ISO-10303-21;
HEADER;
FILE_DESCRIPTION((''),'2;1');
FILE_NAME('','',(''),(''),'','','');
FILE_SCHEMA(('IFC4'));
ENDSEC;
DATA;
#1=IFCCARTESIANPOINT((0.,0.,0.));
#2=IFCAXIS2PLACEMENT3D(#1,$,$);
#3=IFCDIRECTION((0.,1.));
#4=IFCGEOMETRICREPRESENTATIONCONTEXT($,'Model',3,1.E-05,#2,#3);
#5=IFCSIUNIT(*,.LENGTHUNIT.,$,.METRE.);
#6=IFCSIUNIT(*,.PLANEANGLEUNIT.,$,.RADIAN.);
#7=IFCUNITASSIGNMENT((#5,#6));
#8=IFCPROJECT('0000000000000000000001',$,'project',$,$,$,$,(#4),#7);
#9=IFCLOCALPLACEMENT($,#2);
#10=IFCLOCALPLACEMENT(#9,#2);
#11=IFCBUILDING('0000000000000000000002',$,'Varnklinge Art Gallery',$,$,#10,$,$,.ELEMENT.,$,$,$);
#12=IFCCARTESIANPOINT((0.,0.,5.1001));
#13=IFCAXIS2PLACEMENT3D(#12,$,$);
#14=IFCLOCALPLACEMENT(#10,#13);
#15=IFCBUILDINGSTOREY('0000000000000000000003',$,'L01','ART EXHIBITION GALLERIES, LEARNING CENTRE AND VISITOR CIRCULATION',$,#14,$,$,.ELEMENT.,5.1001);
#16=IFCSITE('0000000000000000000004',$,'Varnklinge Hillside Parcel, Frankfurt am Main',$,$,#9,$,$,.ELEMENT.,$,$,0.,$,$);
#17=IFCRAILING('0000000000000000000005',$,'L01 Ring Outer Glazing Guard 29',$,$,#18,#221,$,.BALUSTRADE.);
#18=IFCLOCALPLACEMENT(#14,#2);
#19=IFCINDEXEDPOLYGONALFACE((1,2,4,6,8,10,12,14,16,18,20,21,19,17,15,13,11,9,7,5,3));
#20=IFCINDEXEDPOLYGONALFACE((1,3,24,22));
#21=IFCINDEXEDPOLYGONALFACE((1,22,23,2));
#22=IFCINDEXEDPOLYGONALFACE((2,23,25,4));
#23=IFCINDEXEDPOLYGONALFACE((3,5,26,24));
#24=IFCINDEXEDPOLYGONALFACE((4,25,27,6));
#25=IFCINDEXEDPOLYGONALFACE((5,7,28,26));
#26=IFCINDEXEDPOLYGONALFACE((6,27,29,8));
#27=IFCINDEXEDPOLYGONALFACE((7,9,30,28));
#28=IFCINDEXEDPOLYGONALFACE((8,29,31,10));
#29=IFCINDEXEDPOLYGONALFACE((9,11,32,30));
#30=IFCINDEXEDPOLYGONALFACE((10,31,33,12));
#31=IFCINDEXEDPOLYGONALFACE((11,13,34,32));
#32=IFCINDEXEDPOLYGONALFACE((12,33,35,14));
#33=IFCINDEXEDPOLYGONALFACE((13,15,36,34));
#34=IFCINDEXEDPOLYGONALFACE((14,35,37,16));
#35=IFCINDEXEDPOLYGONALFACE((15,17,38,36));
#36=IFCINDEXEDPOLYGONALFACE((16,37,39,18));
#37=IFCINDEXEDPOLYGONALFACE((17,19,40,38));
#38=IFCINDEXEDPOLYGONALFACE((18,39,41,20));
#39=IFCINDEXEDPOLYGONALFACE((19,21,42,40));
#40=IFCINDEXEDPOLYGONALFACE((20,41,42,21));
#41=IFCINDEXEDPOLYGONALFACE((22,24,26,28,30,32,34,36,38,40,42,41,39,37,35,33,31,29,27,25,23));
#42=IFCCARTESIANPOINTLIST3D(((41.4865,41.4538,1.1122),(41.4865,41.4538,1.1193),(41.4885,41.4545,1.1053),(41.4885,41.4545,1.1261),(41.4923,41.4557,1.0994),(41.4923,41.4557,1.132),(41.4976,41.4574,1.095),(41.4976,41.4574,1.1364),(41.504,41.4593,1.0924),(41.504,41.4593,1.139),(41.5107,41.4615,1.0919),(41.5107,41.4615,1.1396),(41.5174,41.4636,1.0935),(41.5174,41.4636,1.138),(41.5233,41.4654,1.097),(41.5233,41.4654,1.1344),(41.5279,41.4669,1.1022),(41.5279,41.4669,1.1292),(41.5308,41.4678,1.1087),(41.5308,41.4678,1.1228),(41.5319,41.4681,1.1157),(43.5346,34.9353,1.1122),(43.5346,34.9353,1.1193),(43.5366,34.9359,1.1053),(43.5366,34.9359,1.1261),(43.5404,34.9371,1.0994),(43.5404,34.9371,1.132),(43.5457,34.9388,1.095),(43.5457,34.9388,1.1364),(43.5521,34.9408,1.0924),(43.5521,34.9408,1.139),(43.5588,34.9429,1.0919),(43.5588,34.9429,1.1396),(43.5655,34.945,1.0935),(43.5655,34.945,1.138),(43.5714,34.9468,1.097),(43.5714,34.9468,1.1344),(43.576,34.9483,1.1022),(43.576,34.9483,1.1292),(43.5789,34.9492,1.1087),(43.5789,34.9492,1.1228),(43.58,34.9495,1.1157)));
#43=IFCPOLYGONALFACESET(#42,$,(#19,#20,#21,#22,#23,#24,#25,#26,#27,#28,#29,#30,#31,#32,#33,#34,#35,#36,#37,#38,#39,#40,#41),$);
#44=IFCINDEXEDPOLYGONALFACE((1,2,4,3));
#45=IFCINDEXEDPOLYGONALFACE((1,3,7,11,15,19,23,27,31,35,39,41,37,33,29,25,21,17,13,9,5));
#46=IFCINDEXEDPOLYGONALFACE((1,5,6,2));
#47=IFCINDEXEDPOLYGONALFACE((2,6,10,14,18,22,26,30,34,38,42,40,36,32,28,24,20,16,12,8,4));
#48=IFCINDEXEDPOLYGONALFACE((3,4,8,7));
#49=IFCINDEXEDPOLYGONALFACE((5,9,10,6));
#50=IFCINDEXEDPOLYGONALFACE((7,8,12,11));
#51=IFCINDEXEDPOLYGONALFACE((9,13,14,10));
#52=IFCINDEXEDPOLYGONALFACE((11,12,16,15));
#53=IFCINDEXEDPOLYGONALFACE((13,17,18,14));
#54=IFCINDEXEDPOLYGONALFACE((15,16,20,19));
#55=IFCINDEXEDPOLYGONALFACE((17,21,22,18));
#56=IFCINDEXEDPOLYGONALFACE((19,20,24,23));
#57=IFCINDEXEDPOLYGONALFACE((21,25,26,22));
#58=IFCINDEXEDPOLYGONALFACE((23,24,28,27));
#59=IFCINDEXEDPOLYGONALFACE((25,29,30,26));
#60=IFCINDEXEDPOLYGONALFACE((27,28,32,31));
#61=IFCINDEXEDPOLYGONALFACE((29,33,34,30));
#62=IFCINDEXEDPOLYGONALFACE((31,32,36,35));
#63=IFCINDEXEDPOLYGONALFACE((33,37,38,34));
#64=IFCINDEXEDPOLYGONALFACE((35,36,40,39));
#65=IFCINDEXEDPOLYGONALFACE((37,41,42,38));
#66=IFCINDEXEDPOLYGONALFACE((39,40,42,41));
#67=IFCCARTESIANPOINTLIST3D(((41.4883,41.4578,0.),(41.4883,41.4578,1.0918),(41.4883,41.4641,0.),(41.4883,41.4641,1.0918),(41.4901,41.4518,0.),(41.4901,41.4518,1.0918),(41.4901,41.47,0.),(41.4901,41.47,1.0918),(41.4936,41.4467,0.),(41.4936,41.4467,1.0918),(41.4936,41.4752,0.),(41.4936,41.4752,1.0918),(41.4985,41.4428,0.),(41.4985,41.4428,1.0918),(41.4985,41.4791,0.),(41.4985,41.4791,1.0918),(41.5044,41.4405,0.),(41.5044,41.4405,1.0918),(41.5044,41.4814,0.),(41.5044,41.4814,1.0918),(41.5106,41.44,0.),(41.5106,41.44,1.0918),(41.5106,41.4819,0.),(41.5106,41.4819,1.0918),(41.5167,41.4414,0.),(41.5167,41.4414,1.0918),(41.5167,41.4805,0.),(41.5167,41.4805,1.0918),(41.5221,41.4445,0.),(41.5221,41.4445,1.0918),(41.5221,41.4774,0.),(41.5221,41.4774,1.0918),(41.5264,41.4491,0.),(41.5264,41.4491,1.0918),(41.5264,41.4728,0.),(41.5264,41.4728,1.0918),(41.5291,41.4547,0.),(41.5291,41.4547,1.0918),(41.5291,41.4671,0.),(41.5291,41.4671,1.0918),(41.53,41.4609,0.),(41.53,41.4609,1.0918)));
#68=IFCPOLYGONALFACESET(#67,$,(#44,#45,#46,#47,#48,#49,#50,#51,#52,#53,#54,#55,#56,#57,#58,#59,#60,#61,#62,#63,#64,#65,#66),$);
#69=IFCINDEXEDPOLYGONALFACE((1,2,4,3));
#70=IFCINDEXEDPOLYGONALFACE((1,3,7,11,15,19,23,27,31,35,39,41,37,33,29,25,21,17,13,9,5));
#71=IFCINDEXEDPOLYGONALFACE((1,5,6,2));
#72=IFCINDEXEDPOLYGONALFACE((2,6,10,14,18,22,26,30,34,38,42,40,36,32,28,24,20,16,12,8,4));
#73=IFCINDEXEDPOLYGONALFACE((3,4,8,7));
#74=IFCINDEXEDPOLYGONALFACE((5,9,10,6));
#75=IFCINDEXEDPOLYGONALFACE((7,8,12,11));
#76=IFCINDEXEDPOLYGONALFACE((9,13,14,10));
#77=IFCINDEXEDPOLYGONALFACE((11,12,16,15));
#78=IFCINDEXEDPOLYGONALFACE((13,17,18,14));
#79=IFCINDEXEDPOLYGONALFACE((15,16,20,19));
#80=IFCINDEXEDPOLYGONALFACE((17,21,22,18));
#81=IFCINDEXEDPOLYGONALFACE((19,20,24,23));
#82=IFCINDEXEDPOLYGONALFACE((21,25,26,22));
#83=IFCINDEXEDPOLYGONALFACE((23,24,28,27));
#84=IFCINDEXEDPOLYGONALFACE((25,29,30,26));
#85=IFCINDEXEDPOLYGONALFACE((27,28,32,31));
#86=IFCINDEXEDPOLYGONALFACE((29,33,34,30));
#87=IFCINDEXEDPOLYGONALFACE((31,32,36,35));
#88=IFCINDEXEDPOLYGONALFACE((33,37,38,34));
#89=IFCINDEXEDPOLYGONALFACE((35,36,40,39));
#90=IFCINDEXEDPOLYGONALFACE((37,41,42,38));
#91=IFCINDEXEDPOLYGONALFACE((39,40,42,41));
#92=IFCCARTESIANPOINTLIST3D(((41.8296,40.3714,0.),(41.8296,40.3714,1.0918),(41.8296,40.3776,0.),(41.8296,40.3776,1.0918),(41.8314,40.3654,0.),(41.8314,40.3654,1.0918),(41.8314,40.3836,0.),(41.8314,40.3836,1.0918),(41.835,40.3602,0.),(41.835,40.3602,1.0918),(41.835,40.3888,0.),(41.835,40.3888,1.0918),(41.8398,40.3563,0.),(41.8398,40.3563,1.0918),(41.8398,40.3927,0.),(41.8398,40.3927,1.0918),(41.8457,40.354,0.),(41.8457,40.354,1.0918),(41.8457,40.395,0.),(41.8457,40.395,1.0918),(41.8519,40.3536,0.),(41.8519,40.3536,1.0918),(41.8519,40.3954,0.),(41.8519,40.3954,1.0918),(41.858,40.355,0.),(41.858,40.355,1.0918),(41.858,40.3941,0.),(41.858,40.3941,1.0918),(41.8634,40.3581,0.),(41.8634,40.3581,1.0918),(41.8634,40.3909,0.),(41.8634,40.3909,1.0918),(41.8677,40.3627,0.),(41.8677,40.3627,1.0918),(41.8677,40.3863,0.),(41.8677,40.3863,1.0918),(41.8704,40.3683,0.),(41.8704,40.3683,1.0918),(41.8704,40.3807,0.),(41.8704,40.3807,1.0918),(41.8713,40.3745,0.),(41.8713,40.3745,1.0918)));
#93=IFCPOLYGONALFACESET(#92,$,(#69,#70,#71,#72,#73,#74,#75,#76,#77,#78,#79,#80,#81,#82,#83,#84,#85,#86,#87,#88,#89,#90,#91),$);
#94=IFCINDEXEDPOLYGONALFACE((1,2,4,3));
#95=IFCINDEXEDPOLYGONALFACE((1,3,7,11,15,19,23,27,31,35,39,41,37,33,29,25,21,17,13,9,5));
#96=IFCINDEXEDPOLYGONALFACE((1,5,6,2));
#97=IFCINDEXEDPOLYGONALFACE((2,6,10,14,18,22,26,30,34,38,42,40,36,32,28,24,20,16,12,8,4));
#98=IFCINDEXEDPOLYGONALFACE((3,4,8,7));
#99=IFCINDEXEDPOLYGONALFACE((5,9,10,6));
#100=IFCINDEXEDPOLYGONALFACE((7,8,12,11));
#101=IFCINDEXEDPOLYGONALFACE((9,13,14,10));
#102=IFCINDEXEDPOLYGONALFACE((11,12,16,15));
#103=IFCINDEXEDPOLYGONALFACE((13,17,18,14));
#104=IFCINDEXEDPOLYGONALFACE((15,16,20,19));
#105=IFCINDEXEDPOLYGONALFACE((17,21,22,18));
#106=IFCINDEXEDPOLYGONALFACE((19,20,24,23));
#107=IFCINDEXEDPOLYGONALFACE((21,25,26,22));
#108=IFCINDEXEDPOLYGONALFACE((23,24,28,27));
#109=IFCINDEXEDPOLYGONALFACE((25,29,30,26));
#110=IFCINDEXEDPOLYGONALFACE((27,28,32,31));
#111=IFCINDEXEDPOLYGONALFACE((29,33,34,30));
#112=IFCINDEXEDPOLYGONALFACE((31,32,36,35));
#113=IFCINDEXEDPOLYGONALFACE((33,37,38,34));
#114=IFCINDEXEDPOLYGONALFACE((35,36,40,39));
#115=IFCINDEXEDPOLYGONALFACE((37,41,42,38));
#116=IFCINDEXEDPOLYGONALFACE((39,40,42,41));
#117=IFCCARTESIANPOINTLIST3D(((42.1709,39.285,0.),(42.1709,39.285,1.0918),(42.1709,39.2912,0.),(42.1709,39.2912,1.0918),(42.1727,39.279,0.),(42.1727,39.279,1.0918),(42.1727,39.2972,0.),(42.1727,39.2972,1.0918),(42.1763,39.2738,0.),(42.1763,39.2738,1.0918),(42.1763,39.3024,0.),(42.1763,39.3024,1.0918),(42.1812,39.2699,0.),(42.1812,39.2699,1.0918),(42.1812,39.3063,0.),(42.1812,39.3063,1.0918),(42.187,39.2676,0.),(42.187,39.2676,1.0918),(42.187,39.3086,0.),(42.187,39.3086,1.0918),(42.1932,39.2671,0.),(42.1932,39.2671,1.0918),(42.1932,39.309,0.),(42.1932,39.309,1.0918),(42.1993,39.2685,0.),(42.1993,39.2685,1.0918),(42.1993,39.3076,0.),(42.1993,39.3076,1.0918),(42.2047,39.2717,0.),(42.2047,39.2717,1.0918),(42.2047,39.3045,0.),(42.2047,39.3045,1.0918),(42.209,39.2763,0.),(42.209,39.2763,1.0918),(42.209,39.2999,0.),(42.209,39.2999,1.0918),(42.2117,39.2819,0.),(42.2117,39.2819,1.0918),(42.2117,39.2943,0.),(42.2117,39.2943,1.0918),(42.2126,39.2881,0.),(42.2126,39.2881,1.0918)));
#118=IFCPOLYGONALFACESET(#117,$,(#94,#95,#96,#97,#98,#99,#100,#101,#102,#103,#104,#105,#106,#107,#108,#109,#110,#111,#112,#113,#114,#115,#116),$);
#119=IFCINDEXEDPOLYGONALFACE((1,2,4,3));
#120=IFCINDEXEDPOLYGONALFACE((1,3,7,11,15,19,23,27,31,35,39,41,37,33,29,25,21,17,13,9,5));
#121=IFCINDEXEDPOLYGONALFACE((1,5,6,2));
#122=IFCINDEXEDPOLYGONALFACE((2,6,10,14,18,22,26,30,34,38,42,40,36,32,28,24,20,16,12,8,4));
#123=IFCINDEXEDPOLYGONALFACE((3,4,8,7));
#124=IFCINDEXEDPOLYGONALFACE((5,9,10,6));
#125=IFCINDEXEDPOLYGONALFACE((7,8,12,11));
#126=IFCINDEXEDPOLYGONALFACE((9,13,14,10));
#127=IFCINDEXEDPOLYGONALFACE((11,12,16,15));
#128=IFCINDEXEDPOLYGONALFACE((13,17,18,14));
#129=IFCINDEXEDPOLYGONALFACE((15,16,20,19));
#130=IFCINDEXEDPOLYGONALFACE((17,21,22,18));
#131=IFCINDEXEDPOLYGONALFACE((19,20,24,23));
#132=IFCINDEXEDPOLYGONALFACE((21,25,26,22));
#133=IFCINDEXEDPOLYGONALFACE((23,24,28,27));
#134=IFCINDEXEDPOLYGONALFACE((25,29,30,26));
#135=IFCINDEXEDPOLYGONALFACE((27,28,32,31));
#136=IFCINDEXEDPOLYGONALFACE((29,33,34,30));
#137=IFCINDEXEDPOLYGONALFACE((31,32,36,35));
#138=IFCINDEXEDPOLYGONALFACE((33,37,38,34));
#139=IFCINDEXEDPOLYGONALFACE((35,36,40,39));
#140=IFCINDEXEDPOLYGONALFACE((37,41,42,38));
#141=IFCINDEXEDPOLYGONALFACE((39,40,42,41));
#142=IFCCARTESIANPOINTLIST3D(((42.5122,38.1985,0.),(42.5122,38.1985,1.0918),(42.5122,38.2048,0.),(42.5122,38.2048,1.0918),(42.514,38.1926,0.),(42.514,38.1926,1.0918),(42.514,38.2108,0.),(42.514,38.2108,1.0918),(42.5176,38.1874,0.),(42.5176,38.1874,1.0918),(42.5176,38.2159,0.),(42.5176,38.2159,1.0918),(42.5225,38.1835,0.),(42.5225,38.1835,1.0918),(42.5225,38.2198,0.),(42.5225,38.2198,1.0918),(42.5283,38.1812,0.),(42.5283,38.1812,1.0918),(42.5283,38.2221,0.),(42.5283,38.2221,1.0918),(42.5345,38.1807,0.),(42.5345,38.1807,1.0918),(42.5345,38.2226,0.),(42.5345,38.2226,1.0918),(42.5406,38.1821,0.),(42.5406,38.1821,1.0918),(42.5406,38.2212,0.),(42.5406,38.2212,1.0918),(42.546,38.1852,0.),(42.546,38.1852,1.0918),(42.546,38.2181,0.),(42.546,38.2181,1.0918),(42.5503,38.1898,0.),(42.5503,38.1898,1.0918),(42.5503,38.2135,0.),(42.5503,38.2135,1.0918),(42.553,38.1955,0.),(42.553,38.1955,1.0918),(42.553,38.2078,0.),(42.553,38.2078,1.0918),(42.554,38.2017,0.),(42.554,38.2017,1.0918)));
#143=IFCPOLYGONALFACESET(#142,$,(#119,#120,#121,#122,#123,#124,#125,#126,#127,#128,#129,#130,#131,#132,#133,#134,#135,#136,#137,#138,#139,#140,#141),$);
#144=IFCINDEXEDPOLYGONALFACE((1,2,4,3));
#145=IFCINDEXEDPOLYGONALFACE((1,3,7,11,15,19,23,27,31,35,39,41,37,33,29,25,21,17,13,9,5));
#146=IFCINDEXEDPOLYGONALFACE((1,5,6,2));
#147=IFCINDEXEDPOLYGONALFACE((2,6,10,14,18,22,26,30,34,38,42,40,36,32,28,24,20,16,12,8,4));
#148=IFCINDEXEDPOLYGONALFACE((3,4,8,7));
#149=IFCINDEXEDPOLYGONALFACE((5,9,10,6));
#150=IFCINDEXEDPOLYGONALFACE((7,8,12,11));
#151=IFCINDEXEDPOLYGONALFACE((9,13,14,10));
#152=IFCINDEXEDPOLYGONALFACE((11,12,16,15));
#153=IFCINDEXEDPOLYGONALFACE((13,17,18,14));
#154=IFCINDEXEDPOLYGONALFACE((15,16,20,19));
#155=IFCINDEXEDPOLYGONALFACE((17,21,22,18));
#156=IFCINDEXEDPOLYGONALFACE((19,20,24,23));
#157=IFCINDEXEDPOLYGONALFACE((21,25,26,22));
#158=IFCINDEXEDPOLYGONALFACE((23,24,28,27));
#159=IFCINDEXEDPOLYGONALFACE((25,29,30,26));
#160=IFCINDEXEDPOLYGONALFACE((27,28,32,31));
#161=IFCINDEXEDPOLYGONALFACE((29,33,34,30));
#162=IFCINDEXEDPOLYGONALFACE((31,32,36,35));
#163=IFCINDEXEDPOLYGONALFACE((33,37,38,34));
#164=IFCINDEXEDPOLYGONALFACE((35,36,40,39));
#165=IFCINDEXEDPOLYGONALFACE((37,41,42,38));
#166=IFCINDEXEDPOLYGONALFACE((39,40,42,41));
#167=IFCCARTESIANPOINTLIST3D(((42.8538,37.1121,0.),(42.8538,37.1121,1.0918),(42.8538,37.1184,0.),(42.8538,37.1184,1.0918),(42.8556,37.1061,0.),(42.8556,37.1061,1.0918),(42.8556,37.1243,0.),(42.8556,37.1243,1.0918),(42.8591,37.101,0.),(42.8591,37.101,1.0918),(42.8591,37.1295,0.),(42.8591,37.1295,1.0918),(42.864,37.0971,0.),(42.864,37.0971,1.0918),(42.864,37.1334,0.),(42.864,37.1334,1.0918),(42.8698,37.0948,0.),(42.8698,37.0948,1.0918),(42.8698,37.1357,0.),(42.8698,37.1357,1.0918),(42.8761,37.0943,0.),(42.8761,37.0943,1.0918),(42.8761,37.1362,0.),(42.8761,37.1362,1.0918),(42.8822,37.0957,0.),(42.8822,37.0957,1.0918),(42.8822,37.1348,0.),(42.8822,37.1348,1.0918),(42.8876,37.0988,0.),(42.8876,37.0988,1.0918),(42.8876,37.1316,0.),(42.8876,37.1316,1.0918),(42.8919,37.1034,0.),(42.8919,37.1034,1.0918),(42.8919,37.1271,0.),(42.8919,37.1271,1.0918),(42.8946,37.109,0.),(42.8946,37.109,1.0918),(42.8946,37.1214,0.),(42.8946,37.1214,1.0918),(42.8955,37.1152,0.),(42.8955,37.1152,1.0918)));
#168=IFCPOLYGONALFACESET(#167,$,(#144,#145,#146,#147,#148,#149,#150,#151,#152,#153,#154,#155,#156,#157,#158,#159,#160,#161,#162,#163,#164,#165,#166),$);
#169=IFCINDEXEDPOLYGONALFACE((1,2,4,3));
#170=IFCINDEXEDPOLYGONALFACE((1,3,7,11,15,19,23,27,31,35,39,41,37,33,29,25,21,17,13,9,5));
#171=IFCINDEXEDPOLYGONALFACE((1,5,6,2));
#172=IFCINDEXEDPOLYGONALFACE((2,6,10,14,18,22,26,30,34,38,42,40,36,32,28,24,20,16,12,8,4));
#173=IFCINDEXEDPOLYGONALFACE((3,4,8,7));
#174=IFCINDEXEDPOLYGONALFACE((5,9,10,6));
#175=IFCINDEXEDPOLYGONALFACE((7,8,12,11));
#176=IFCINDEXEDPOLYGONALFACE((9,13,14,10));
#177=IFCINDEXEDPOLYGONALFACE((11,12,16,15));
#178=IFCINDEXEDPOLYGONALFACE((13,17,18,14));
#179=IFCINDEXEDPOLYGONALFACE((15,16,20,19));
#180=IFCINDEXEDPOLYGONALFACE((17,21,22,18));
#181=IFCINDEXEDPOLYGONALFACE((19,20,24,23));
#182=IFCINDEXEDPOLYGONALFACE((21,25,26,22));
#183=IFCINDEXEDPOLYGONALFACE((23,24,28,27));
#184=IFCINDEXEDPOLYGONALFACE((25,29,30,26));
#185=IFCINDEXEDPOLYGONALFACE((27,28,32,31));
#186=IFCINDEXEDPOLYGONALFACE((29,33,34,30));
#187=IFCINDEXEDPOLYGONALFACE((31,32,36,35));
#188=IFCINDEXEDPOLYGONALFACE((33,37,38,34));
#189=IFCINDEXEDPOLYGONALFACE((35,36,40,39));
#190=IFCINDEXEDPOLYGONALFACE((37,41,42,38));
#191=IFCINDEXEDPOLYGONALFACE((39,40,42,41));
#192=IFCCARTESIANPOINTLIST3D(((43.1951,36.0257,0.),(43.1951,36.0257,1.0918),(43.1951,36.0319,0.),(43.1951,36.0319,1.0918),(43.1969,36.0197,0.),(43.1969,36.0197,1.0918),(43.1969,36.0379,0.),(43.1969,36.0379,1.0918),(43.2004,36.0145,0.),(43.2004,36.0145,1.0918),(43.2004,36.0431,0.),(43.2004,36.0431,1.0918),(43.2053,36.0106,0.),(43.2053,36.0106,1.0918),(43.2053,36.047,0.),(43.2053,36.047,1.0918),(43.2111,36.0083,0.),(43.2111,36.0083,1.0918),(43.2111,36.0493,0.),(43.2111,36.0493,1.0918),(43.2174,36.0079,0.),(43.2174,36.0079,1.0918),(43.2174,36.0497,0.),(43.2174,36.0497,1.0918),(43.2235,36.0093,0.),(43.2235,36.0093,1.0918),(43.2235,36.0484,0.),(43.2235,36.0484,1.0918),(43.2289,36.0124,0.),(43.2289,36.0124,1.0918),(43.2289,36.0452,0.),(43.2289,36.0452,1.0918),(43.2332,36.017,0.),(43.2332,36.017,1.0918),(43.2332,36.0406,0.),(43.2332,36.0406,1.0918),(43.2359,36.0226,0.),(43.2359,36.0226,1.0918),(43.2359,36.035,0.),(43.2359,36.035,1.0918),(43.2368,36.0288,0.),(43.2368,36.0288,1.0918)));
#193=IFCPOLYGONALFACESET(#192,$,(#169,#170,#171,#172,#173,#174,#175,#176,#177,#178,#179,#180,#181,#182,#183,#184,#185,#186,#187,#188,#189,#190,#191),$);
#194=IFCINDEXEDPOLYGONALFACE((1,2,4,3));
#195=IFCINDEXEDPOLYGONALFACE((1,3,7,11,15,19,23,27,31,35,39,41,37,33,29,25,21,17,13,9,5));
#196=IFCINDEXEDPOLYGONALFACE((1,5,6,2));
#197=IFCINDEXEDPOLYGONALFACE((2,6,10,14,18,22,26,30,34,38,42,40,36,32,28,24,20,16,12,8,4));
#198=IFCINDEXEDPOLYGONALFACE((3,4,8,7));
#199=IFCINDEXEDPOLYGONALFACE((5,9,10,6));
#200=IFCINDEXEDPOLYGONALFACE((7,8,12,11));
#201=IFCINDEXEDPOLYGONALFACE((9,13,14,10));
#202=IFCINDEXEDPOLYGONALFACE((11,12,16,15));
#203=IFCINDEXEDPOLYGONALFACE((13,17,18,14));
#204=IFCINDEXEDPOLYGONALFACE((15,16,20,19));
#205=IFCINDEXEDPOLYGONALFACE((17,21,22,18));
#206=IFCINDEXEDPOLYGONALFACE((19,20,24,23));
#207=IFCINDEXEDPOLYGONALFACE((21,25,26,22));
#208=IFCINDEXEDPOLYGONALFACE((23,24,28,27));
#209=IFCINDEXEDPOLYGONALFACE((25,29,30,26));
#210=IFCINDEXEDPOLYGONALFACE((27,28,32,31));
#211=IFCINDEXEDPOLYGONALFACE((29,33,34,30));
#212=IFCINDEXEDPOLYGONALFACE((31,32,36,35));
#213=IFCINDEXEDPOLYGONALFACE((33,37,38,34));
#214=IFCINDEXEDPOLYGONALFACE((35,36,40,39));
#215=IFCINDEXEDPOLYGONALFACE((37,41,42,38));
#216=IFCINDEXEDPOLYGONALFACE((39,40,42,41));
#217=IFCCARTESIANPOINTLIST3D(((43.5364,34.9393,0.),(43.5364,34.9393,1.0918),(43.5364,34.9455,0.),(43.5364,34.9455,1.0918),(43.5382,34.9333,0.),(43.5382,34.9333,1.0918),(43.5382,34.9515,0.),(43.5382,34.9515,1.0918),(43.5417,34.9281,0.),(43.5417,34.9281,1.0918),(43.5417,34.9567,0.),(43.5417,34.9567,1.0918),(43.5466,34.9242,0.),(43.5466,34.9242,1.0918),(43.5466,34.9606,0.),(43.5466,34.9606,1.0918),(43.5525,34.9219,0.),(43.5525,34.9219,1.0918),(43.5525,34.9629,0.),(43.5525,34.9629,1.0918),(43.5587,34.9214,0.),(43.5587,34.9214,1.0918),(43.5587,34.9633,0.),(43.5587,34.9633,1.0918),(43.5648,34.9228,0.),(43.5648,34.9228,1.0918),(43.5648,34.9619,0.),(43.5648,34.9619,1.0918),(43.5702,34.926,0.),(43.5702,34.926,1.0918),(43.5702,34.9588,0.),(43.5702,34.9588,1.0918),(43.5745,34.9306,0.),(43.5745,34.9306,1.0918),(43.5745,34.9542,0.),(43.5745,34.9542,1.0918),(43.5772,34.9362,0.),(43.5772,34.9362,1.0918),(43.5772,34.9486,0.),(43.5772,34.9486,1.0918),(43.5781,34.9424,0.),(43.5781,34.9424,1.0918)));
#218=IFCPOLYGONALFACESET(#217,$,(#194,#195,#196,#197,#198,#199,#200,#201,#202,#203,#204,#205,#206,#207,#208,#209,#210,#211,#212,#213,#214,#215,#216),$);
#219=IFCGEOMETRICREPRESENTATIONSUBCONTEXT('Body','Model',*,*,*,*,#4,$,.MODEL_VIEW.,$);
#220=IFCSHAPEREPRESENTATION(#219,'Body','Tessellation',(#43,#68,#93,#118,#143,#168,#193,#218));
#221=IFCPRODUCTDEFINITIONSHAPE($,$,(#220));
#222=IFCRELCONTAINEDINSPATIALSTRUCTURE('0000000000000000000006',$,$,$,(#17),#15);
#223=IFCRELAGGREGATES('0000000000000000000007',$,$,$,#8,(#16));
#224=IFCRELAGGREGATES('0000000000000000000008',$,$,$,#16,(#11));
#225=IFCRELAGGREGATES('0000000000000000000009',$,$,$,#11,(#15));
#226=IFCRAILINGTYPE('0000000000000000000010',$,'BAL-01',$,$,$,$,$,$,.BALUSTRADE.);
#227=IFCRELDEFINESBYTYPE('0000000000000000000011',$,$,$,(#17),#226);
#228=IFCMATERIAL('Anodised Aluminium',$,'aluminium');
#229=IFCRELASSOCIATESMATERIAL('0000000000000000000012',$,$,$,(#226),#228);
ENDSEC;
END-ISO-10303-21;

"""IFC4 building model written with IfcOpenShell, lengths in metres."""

from ifc_helpers import new_model, si_unit, direction, frame, origin, origin_2d, place, context, subcontext, project, spatial, circle, extrude, material, type_object, element, save


model = new_model("IFC4")

# Units and contexts
model_context = context("Model", 3, precision=1e-05, world=origin(), true_north=direction((0.0, 1.0)))
body_context = subcontext(model_context, "Body", "Model", "MODEL_VIEW")
ifc_project = project(units=[si_unit("LENGTHUNIT", "METRE"), si_unit("PLANEANGLEUNIT", "RADIAN")], contexts=[model_context])

# Site, building, storey
site_placement = place(None, origin())
site = spatial("IfcSite", under=ifc_project, at=site_placement, Name="Varnklinge Hillside Parcel, Frankfurt am Main", CompositionType="ELEMENT", RefElevation=0.0)
building_placement = place(site_placement, origin())
building = spatial("IfcBuilding", under=site, at=building_placement, Name="Varnklinge Art Gallery", CompositionType="ELEMENT")
storey_placement = place(building_placement, frame((0.0, 0.0, 5.1001)))
storey = spatial("IfcBuildingStorey", under=building, at=storey_placement, Name="L01", Description="ART EXHIBITION GALLERIES, LEARNING CENTRE AND VISITOR CIRCULATION", CompositionType="ELEMENT", Elevation=5.1001)

# Railing
ifc_material_1 = material(Name="Anodised Aluminium", Category="aluminium")
railing_type = type_object("IfcRailingType", Name="BAL-01", PredefinedType="BALUSTRADE", material=ifc_material_1)
railing_1_placement = place(storey_placement, frame((41.509, 41.4609, 0.0)))
element("IfcRailing", 1, at=railing_1_placement, inside=storey, type_object=railing_type, Name="L01 Ring Outer Glazing Guard 29", PredefinedType="BALUSTRADE", context=body_context, shape_type="SweptSolid", body=[
    extrude(circle(Radius=0.0239, at=origin_2d()), frame((0.0, 0.0, 1.1157), z_axis=(0.299748, -0.954019, 0.0), x_axis=(0.954019, 0.299748, 0.0)), (0.0, 0.0, 1.0), 6.8328),
    extrude(circle(Radius=0.021, at=origin_2d()), origin(), (0.0, 0.0, 1.0), 1.0918),
    extrude(circle(Radius=0.021, at=origin_2d()), frame((0.3413, -1.0864, 0.0)), (0.0, 0.0, 1.0), 1.0918),
    extrude(circle(Radius=0.021, at=origin_2d()), frame((0.6826, -2.1729, 0.0)), (0.0, 0.0, 1.0), 1.0918),
    extrude(circle(Radius=0.021, at=origin_2d()), frame((1.0239, -3.2593, 0.0)), (0.0, 0.0, 1.0), 1.0918),
    extrude(circle(Radius=0.021, at=origin_2d()), frame((1.3655, -4.3457, 0.0)), (0.0, 0.0, 1.0), 1.0918),
    extrude(circle(Radius=0.021, at=origin_2d()), frame((1.7068, -5.4321, 0.0)), (0.0, 0.0, 1.0), 1.0918),
    extrude(circle(Radius=0.021, at=origin_2d()), frame((2.0481, -6.5186, 0.0)), (0.0, 0.0, 1.0), 1.0918),
])

save(model, "model.ifc")
